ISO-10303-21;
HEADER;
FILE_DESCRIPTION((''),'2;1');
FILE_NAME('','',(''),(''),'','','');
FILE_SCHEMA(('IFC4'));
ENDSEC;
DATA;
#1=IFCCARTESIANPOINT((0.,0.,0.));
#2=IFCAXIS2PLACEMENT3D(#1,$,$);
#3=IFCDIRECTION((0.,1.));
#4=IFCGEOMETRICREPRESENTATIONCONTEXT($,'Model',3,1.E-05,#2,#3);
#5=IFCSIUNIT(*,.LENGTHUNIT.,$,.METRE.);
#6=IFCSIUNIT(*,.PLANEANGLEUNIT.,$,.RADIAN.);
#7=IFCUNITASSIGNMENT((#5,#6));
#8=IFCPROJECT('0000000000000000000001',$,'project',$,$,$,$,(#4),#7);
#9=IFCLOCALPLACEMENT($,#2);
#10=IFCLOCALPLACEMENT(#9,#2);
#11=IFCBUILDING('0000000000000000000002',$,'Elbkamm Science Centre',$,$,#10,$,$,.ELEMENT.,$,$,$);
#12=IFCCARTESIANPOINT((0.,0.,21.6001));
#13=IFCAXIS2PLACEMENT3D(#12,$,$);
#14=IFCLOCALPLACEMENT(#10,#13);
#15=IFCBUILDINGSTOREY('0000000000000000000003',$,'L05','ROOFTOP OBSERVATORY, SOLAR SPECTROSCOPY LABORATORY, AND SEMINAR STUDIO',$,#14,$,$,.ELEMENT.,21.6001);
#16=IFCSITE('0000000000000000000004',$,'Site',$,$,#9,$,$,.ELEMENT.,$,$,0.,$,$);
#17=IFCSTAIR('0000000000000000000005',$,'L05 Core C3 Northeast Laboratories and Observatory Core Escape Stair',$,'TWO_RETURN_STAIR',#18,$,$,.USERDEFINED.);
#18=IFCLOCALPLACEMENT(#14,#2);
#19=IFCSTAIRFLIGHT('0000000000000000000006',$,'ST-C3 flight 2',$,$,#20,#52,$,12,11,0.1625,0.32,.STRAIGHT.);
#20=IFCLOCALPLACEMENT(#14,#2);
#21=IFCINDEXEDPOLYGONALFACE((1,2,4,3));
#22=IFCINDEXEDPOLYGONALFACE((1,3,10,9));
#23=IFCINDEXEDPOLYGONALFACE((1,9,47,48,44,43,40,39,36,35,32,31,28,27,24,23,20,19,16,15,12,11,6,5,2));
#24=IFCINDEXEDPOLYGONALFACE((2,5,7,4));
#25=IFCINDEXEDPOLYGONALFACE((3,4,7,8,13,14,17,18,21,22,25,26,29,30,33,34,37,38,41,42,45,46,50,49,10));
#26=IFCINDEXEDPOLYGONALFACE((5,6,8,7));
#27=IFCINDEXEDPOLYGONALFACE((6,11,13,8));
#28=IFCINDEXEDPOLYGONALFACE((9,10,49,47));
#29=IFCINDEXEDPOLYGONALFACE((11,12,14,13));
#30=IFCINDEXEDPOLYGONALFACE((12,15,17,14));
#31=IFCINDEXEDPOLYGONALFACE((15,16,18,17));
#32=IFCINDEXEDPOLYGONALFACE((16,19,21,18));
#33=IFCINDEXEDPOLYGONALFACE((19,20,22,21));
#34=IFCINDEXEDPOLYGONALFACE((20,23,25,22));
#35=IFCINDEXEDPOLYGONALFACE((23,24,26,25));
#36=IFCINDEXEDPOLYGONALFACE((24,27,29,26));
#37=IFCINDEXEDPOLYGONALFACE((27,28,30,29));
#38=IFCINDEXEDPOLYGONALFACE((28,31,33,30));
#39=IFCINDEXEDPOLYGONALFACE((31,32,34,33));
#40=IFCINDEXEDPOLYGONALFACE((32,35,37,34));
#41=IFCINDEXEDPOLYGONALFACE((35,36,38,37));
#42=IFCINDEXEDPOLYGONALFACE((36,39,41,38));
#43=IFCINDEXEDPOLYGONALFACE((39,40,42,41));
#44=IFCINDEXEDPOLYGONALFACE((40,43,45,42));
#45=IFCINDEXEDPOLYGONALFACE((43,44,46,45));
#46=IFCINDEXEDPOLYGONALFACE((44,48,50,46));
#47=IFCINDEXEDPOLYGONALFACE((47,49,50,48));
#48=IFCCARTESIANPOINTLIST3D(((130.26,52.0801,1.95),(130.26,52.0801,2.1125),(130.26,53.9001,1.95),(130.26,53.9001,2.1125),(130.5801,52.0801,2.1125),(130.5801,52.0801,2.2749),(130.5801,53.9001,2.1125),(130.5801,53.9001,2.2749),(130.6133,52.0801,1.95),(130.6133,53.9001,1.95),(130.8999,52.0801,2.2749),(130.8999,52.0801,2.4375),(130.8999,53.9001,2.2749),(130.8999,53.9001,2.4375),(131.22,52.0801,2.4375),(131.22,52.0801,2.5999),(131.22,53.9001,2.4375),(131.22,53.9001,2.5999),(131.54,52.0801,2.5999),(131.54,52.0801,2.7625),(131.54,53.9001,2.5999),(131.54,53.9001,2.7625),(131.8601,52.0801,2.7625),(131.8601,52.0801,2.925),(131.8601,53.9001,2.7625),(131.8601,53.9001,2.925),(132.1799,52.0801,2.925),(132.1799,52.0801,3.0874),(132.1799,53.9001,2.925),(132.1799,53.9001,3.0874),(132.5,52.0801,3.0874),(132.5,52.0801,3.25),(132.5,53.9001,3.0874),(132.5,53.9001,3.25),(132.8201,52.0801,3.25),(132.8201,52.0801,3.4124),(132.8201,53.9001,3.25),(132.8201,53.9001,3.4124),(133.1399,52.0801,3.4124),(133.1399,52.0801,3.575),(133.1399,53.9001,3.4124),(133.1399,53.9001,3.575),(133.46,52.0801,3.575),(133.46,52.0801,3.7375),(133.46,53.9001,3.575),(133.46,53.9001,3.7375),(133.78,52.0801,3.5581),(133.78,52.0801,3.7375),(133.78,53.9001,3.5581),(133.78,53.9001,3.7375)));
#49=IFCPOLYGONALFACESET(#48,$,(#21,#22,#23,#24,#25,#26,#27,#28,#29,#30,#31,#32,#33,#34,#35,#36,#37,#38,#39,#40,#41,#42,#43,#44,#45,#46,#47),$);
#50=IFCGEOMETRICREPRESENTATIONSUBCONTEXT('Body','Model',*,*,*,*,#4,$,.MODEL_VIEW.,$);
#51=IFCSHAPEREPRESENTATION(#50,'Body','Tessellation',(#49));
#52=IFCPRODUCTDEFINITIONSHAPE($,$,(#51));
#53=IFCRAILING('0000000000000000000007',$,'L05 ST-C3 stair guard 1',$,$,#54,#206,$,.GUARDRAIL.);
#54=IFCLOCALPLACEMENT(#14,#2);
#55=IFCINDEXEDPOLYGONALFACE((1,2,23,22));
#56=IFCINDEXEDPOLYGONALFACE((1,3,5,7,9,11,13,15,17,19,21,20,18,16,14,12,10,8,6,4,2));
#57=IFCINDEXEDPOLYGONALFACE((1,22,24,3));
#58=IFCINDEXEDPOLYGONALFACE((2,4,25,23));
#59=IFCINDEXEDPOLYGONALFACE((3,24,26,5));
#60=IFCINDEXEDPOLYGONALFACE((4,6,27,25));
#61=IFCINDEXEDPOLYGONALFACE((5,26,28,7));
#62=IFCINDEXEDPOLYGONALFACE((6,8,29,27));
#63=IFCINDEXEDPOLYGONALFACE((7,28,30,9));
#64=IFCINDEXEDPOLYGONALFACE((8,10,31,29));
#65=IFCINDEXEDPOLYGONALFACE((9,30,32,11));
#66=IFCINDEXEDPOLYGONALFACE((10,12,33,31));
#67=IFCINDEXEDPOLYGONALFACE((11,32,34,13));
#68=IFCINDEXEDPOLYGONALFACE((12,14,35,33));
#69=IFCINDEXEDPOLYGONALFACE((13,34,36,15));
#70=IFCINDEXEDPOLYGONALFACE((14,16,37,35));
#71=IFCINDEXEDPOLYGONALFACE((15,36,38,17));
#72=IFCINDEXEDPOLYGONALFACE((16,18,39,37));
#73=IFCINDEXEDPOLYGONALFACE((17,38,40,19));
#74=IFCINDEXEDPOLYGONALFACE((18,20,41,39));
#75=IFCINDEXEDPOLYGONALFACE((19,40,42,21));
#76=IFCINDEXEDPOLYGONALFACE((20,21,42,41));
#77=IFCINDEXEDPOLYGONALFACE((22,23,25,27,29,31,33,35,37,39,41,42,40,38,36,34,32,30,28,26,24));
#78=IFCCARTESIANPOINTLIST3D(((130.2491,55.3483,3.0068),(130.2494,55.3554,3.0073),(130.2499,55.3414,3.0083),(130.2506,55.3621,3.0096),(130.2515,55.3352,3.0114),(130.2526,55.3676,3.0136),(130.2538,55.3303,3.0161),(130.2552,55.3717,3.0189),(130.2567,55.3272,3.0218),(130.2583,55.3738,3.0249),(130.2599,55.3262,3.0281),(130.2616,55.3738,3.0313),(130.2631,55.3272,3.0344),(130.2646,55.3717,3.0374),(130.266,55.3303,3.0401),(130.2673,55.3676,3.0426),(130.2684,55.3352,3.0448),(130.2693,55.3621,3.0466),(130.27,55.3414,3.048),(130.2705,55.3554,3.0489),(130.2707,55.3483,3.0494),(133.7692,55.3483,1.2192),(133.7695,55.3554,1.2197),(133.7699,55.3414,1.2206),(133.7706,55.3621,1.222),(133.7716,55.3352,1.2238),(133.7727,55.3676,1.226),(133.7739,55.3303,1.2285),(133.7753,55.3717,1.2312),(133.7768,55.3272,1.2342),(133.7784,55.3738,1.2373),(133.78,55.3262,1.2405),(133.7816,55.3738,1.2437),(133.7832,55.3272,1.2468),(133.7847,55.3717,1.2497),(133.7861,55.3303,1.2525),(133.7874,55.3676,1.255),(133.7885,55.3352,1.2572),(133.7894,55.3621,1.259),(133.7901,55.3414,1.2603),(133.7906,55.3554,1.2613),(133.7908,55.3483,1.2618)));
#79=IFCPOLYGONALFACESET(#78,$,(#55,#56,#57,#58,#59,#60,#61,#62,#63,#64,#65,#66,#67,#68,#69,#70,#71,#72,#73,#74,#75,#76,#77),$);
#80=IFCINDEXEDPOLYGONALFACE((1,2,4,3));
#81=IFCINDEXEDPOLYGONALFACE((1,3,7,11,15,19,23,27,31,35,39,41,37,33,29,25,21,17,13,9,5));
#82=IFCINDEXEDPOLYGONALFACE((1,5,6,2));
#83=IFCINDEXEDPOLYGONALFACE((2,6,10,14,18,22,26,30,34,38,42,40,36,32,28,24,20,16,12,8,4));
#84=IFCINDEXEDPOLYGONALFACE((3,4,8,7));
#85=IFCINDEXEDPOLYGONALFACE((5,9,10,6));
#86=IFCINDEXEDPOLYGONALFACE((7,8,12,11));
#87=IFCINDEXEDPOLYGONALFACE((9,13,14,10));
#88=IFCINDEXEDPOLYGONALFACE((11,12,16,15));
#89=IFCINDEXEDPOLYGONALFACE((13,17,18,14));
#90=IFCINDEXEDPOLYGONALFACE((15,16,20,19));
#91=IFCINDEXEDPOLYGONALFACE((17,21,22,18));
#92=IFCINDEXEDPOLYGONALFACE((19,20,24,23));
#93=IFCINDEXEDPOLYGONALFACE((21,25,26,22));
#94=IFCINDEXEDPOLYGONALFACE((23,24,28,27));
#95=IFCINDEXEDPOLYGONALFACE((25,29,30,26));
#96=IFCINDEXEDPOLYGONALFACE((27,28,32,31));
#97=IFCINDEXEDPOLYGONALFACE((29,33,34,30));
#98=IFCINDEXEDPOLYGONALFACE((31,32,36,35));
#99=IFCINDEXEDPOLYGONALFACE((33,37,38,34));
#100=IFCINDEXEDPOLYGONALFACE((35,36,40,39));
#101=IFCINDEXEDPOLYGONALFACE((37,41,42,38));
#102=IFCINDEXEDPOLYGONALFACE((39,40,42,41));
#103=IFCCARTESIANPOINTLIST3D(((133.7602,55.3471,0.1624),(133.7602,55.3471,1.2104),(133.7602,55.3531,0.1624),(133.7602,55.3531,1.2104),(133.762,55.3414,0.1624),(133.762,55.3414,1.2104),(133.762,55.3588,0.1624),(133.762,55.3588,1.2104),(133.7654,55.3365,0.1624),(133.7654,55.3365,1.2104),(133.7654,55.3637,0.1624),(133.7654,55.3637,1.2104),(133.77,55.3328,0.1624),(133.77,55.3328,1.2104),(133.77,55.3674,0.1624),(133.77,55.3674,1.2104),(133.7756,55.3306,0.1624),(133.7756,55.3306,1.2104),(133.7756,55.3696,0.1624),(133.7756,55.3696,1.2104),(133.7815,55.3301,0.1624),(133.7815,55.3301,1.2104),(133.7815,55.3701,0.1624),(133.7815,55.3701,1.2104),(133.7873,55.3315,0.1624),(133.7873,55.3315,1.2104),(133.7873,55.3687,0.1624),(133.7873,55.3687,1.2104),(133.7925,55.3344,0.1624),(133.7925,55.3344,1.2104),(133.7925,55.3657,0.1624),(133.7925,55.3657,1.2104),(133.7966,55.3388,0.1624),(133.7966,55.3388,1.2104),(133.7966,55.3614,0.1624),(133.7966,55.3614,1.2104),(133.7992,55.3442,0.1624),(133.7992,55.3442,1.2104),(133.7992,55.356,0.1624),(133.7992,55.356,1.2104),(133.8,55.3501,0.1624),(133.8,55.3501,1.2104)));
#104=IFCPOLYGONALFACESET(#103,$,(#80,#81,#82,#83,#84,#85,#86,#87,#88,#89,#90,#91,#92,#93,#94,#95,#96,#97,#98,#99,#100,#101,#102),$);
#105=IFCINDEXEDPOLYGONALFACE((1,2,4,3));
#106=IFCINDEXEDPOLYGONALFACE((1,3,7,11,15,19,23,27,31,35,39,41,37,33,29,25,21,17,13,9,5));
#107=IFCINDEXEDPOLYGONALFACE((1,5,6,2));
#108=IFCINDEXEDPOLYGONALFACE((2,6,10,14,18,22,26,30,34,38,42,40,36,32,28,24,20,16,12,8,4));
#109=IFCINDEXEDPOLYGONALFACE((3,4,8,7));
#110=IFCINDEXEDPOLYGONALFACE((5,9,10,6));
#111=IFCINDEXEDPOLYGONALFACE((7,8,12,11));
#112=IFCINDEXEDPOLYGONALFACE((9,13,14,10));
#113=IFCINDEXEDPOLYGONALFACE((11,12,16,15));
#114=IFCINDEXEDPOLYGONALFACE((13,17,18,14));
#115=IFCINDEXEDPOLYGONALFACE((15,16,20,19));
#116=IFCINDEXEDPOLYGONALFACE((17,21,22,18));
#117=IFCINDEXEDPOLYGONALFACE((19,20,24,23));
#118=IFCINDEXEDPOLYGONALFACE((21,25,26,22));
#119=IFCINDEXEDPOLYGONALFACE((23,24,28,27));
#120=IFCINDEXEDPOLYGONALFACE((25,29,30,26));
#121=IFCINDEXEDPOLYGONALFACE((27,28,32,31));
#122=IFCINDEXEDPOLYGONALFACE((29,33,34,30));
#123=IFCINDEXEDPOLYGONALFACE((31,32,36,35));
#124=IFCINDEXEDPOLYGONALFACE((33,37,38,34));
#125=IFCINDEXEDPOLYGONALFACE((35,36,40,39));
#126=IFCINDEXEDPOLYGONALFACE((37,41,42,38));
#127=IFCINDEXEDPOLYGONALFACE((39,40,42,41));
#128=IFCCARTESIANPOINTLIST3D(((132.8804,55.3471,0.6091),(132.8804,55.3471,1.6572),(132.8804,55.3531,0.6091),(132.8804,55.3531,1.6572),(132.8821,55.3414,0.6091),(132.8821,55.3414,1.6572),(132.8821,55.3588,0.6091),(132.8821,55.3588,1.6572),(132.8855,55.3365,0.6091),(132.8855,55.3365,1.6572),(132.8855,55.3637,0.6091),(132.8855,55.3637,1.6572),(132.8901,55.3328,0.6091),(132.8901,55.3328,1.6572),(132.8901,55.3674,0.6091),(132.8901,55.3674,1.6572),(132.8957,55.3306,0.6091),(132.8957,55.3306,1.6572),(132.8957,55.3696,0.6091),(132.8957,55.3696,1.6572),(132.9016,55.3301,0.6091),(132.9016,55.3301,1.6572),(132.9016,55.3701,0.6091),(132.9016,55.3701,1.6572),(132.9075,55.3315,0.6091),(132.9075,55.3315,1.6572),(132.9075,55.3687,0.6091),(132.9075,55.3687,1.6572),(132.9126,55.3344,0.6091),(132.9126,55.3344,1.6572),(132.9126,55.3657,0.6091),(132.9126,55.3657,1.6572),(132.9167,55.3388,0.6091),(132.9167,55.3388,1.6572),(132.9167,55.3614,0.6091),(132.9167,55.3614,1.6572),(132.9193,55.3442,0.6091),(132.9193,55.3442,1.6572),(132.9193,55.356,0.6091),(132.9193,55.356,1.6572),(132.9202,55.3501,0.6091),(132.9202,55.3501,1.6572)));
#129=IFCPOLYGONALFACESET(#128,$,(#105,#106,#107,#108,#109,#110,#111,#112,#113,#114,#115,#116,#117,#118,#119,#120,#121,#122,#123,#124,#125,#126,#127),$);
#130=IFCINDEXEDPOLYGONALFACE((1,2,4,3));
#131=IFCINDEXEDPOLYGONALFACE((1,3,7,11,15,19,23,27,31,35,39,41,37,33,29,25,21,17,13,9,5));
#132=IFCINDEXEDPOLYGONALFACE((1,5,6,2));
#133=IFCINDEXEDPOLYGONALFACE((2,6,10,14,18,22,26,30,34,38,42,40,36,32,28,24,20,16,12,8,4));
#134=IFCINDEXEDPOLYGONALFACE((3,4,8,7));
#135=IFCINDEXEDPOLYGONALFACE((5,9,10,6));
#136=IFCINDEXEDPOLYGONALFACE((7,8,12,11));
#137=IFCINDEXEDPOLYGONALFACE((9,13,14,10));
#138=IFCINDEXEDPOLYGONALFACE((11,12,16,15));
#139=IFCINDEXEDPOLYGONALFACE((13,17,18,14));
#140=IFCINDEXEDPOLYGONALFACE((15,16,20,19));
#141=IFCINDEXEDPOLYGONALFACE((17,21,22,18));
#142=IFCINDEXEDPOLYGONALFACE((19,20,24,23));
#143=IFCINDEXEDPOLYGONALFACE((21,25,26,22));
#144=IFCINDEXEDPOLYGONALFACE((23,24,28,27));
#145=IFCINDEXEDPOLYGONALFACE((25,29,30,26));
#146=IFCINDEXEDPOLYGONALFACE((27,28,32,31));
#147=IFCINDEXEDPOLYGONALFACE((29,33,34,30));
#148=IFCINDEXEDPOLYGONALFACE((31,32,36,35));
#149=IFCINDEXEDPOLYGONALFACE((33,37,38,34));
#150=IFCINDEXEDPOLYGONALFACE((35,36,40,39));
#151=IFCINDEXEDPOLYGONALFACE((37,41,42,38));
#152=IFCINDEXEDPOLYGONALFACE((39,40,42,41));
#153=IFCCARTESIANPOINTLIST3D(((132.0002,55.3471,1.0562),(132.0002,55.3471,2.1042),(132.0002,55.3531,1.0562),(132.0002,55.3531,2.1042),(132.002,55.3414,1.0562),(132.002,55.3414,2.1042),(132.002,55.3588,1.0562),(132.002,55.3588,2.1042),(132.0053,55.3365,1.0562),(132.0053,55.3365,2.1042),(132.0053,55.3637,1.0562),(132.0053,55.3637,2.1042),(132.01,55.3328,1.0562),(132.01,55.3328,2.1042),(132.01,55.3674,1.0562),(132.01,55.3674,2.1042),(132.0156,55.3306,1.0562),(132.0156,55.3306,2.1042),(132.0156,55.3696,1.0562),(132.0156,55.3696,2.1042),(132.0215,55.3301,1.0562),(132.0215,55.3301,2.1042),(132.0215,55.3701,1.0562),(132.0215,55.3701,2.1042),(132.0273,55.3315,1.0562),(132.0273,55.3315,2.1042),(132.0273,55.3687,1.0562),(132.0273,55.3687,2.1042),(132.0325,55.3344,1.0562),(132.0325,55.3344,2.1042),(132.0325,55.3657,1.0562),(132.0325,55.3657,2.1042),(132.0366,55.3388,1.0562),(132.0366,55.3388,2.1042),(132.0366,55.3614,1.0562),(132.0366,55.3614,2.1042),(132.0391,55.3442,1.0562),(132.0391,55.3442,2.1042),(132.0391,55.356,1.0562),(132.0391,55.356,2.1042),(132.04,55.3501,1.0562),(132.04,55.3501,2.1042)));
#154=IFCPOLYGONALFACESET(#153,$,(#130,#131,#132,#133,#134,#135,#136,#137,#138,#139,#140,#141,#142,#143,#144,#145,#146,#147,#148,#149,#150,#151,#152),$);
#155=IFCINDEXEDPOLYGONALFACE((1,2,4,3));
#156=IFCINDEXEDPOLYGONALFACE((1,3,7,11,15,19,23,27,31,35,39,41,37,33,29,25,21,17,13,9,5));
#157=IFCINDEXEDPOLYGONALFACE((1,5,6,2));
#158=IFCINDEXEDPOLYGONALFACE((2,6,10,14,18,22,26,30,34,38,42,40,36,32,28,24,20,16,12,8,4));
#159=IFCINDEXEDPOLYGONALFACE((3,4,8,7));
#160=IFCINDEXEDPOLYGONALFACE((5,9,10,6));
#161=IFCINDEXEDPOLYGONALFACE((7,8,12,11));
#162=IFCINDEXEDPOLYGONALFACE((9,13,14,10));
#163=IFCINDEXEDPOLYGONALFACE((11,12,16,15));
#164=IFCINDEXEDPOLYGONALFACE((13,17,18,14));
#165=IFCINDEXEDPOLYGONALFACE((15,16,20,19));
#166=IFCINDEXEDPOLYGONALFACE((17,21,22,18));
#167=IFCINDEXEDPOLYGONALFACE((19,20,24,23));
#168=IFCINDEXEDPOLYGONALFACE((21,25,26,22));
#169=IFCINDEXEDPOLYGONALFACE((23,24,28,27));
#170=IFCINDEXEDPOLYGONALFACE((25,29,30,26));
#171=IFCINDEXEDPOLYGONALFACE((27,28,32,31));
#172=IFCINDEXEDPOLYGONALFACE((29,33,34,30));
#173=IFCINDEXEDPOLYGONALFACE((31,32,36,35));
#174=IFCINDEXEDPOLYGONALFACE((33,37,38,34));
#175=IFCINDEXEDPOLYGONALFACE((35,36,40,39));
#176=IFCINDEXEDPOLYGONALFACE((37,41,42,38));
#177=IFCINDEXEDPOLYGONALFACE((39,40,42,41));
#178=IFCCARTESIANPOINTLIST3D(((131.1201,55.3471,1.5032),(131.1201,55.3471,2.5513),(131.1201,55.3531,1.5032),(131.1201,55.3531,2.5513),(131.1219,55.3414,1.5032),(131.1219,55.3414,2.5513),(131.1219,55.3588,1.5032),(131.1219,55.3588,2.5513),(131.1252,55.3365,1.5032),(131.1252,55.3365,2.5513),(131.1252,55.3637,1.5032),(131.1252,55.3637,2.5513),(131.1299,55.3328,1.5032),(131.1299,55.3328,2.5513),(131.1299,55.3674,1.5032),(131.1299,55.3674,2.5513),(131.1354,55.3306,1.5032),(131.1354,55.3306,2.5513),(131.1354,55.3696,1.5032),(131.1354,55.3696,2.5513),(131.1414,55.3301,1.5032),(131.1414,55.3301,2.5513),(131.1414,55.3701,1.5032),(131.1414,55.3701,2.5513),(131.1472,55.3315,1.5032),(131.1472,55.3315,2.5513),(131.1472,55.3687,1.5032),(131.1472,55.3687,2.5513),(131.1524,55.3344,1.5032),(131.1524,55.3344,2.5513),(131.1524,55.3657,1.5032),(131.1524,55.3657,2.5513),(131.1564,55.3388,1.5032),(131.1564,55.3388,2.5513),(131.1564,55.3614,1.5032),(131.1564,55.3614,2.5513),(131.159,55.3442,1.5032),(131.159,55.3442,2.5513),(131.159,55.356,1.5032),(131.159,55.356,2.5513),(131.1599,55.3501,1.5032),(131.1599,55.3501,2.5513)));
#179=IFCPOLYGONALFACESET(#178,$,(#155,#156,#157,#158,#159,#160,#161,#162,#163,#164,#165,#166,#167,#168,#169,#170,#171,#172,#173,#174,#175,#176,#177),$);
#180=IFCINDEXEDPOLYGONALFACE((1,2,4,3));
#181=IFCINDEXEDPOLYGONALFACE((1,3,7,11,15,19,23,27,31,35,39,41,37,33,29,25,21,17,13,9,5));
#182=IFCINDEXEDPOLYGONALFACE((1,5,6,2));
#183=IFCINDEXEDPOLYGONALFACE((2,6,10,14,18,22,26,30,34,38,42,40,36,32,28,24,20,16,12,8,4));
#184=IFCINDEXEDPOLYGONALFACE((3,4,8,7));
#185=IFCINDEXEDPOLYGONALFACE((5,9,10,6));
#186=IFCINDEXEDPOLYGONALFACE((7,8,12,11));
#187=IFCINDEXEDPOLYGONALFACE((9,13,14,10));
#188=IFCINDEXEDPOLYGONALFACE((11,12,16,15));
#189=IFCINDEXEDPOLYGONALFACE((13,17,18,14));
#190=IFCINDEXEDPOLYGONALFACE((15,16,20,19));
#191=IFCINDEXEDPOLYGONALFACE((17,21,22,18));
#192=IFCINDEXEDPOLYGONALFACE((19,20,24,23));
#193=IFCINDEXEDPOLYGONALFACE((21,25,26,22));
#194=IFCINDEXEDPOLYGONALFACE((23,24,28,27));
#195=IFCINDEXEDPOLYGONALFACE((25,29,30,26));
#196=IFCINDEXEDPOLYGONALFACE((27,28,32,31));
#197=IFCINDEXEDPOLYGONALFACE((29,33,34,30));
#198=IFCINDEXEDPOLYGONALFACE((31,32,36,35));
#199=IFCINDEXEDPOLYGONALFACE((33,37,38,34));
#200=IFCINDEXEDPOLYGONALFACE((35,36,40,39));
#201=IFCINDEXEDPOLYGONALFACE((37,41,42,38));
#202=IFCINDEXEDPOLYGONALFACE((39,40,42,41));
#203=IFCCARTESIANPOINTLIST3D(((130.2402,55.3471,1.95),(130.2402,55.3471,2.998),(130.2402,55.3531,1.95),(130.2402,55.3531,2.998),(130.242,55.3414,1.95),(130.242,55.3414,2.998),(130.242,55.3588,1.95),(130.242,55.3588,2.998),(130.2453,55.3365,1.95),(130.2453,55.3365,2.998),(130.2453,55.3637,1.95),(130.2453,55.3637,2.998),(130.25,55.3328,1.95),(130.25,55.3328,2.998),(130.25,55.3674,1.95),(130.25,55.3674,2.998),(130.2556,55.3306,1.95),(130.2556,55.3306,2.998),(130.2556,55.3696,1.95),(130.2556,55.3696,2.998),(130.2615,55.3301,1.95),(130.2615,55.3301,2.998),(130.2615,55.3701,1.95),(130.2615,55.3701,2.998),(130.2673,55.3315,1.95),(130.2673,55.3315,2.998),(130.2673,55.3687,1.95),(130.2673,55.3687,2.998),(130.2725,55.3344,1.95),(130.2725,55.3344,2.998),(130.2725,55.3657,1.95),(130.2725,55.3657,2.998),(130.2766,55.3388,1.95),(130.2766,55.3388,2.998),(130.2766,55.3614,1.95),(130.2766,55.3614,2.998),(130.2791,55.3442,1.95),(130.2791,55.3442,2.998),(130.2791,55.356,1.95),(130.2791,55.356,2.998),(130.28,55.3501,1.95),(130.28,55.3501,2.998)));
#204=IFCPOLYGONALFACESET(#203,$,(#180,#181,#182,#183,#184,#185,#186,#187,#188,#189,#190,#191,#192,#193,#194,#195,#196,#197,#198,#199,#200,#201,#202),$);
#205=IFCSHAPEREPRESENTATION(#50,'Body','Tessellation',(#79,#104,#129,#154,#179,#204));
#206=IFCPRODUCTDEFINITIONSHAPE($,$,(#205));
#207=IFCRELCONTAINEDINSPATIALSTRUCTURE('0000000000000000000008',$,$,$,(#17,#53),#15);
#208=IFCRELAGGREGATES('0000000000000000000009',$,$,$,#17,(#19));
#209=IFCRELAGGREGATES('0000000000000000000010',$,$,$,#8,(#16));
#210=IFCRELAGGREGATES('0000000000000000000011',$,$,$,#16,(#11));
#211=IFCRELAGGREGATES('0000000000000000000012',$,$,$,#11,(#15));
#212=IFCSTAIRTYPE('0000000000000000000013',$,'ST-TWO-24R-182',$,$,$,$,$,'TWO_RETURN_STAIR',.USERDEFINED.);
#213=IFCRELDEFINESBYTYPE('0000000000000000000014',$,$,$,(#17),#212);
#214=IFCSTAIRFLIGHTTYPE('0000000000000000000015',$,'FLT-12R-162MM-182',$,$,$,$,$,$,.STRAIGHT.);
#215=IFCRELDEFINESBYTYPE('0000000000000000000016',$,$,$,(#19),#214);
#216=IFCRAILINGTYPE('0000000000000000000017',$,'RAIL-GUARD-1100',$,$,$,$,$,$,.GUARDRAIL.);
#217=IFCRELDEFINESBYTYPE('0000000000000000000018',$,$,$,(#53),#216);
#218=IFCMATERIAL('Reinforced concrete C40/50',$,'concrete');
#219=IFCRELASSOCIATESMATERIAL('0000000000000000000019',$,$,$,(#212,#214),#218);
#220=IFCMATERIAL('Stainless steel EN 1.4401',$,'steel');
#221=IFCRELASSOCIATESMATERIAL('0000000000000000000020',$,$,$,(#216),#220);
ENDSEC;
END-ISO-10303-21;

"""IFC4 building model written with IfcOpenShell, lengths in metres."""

from ifc_helpers import new_model, si_unit, direction, frame, origin, origin_2d, place, context, subcontext, project, spatial, polyline, circle, outline, extrude, material, type_object, element, aggregate, save


model = new_model("IFC4")

# Units and contexts
model_context = context("Model", 3, precision=1e-05, world=origin(), true_north=direction((0.0, 1.0)))
body_context = subcontext(model_context, "Body", "Model", "MODEL_VIEW")
ifc_project = project(units=[si_unit("LENGTHUNIT", "METRE"), si_unit("PLANEANGLEUNIT", "RADIAN")], contexts=[model_context])

# Site, building, storey
site_placement = place(None, origin())
site = spatial("IfcSite", under=ifc_project, at=site_placement, Name="Site", CompositionType="ELEMENT", RefElevation=0.0)
building_placement = place(site_placement, origin())
building = spatial("IfcBuilding", under=site, at=building_placement, Name="Elbkamm Science Centre", CompositionType="ELEMENT")
storey_placement = place(building_placement, frame((0.0, 0.0, 21.6001)))
storey = spatial("IfcBuildingStorey", under=building, at=storey_placement, Name="L05", Description="ROOFTOP OBSERVATORY, SOLAR SPECTROSCOPY LABORATORY, AND SEMINAR STUDIO", CompositionType="ELEMENT", Elevation=21.6001)

# Shared definitions
ifc_material_1 = material(Name="Reinforced concrete C40/50", Category="concrete")

# Stair, stair flight
stair_type = type_object("IfcStairType", Name="ST-TWO-24R-182", ElementType="TWO_RETURN_STAIR", PredefinedType="USERDEFINED", material=ifc_material_1)
stair_placement = place(storey_placement, origin())
stair = element("IfcStair", 1, at=stair_placement, inside=storey, type_object=stair_type, Name="L05 Core C3 Northeast Laboratories and Observatory Core Escape Stair", ObjectType="TWO_RETURN_STAIR", PredefinedType="USERDEFINED")
stair_flight_type = type_object("IfcStairFlightType", Name="FLT-12R-162MM-182", PredefinedType="STRAIGHT", material=ifc_material_1)
stair_flight_1_placement = place(storey_placement, frame((130.26, 52.99, 1.95), z_axis=(0.0, 0.0, 1.0), x_axis=(1.0, 0.0, 0.0)))
stair_flight_1 = element("IfcStairFlight", 2, at=stair_flight_1_placement, type_object=stair_flight_type, Name="ST-C3 flight 2", NumberOfRisers=12, NumberOfTreads=11, PredefinedType="STRAIGHT", RiserHeight=0.1625, TreadLength=0.32, context=body_context, shape_type="SweptSolid", body=[
    extrude(outline(polyline([(0.0, 0.0), (0.0, 0.1626), (0.3201, 0.1626), (0.3201, 0.325), (0.6399, 0.325), (0.6399, 0.4875), (0.96, 0.4875), (0.96, 0.6499), (1.28, 0.6499), (1.28, 0.8125), (1.6001, 0.8125), (1.6001, 0.9751), (1.9199, 0.9751), (1.9199, 1.1375), (2.24, 1.1375), (2.24, 1.3), (2.5601, 1.3), (2.5601, 1.4624), (2.8799, 1.4624), (2.8799, 1.625), (3.2, 1.625), (3.2, 1.7876), (3.52, 1.7876), (3.52, 1.95), (3.52, 1.6082), (0.3533, 0.0), (0.0, 0.0)])), frame((0.0, 0.9102, 0.0), z_axis=(0.0, -1.0, 0.0), x_axis=(1.0, 0.0, 0.0)), (0.0, 0.0, 1.0), 1.8201),
])
aggregate(stair, [stair_flight_1])

# Railing
ifc_material_2 = material(Name="Stainless steel EN 1.4401", Category="steel")
railing_type_1 = type_object("IfcRailingType", Name="RAIL-GUARD-1100", PredefinedType="GUARDRAIL", material=ifc_material_2)
railing_1_placement = place(storey_placement, frame((133.78, 55.3501, 0.1624)))
element("IfcRailing", 3, at=railing_1_placement, inside=storey, type_object=railing_type_1, Name="L05 ST-C3 stair guard 1", PredefinedType="GUARDRAIL", context=body_context, shape_type="SweptSolid", body=[
    extrude(circle(Radius=0.0239, at=origin_2d()), frame((0.0, 0.0, 1.0781), z_axis=(-0.891615, 0.0, 0.452795), x_axis=(0.0, -1.0, 0.0)), (0.0, 0.0, 1.0), 3.948),
    extrude(circle(Radius=0.02, at=origin_2d()), origin(), (0.0, 0.0, 1.0), 1.0481),
    extrude(circle(Radius=0.02, at=origin_2d()), frame((-0.8799, 0.0, 0.4468)), (0.0, 0.0, 1.0), 1.0481),
    extrude(circle(Radius=0.02, at=origin_2d()), frame((-1.76, 0.0, 0.8938)), (0.0, 0.0, 1.0), 1.0481),
    extrude(circle(Radius=0.02, at=origin_2d()), frame((-2.6401, 0.0, 1.3408)), (0.0, 0.0, 1.0), 1.0481),
    extrude(circle(Radius=0.02, at=origin_2d()), frame((-3.52, 0.0, 1.7876)), (0.0, 0.0, 1.0), 1.0481),
])

save(model, "model.ifc")
